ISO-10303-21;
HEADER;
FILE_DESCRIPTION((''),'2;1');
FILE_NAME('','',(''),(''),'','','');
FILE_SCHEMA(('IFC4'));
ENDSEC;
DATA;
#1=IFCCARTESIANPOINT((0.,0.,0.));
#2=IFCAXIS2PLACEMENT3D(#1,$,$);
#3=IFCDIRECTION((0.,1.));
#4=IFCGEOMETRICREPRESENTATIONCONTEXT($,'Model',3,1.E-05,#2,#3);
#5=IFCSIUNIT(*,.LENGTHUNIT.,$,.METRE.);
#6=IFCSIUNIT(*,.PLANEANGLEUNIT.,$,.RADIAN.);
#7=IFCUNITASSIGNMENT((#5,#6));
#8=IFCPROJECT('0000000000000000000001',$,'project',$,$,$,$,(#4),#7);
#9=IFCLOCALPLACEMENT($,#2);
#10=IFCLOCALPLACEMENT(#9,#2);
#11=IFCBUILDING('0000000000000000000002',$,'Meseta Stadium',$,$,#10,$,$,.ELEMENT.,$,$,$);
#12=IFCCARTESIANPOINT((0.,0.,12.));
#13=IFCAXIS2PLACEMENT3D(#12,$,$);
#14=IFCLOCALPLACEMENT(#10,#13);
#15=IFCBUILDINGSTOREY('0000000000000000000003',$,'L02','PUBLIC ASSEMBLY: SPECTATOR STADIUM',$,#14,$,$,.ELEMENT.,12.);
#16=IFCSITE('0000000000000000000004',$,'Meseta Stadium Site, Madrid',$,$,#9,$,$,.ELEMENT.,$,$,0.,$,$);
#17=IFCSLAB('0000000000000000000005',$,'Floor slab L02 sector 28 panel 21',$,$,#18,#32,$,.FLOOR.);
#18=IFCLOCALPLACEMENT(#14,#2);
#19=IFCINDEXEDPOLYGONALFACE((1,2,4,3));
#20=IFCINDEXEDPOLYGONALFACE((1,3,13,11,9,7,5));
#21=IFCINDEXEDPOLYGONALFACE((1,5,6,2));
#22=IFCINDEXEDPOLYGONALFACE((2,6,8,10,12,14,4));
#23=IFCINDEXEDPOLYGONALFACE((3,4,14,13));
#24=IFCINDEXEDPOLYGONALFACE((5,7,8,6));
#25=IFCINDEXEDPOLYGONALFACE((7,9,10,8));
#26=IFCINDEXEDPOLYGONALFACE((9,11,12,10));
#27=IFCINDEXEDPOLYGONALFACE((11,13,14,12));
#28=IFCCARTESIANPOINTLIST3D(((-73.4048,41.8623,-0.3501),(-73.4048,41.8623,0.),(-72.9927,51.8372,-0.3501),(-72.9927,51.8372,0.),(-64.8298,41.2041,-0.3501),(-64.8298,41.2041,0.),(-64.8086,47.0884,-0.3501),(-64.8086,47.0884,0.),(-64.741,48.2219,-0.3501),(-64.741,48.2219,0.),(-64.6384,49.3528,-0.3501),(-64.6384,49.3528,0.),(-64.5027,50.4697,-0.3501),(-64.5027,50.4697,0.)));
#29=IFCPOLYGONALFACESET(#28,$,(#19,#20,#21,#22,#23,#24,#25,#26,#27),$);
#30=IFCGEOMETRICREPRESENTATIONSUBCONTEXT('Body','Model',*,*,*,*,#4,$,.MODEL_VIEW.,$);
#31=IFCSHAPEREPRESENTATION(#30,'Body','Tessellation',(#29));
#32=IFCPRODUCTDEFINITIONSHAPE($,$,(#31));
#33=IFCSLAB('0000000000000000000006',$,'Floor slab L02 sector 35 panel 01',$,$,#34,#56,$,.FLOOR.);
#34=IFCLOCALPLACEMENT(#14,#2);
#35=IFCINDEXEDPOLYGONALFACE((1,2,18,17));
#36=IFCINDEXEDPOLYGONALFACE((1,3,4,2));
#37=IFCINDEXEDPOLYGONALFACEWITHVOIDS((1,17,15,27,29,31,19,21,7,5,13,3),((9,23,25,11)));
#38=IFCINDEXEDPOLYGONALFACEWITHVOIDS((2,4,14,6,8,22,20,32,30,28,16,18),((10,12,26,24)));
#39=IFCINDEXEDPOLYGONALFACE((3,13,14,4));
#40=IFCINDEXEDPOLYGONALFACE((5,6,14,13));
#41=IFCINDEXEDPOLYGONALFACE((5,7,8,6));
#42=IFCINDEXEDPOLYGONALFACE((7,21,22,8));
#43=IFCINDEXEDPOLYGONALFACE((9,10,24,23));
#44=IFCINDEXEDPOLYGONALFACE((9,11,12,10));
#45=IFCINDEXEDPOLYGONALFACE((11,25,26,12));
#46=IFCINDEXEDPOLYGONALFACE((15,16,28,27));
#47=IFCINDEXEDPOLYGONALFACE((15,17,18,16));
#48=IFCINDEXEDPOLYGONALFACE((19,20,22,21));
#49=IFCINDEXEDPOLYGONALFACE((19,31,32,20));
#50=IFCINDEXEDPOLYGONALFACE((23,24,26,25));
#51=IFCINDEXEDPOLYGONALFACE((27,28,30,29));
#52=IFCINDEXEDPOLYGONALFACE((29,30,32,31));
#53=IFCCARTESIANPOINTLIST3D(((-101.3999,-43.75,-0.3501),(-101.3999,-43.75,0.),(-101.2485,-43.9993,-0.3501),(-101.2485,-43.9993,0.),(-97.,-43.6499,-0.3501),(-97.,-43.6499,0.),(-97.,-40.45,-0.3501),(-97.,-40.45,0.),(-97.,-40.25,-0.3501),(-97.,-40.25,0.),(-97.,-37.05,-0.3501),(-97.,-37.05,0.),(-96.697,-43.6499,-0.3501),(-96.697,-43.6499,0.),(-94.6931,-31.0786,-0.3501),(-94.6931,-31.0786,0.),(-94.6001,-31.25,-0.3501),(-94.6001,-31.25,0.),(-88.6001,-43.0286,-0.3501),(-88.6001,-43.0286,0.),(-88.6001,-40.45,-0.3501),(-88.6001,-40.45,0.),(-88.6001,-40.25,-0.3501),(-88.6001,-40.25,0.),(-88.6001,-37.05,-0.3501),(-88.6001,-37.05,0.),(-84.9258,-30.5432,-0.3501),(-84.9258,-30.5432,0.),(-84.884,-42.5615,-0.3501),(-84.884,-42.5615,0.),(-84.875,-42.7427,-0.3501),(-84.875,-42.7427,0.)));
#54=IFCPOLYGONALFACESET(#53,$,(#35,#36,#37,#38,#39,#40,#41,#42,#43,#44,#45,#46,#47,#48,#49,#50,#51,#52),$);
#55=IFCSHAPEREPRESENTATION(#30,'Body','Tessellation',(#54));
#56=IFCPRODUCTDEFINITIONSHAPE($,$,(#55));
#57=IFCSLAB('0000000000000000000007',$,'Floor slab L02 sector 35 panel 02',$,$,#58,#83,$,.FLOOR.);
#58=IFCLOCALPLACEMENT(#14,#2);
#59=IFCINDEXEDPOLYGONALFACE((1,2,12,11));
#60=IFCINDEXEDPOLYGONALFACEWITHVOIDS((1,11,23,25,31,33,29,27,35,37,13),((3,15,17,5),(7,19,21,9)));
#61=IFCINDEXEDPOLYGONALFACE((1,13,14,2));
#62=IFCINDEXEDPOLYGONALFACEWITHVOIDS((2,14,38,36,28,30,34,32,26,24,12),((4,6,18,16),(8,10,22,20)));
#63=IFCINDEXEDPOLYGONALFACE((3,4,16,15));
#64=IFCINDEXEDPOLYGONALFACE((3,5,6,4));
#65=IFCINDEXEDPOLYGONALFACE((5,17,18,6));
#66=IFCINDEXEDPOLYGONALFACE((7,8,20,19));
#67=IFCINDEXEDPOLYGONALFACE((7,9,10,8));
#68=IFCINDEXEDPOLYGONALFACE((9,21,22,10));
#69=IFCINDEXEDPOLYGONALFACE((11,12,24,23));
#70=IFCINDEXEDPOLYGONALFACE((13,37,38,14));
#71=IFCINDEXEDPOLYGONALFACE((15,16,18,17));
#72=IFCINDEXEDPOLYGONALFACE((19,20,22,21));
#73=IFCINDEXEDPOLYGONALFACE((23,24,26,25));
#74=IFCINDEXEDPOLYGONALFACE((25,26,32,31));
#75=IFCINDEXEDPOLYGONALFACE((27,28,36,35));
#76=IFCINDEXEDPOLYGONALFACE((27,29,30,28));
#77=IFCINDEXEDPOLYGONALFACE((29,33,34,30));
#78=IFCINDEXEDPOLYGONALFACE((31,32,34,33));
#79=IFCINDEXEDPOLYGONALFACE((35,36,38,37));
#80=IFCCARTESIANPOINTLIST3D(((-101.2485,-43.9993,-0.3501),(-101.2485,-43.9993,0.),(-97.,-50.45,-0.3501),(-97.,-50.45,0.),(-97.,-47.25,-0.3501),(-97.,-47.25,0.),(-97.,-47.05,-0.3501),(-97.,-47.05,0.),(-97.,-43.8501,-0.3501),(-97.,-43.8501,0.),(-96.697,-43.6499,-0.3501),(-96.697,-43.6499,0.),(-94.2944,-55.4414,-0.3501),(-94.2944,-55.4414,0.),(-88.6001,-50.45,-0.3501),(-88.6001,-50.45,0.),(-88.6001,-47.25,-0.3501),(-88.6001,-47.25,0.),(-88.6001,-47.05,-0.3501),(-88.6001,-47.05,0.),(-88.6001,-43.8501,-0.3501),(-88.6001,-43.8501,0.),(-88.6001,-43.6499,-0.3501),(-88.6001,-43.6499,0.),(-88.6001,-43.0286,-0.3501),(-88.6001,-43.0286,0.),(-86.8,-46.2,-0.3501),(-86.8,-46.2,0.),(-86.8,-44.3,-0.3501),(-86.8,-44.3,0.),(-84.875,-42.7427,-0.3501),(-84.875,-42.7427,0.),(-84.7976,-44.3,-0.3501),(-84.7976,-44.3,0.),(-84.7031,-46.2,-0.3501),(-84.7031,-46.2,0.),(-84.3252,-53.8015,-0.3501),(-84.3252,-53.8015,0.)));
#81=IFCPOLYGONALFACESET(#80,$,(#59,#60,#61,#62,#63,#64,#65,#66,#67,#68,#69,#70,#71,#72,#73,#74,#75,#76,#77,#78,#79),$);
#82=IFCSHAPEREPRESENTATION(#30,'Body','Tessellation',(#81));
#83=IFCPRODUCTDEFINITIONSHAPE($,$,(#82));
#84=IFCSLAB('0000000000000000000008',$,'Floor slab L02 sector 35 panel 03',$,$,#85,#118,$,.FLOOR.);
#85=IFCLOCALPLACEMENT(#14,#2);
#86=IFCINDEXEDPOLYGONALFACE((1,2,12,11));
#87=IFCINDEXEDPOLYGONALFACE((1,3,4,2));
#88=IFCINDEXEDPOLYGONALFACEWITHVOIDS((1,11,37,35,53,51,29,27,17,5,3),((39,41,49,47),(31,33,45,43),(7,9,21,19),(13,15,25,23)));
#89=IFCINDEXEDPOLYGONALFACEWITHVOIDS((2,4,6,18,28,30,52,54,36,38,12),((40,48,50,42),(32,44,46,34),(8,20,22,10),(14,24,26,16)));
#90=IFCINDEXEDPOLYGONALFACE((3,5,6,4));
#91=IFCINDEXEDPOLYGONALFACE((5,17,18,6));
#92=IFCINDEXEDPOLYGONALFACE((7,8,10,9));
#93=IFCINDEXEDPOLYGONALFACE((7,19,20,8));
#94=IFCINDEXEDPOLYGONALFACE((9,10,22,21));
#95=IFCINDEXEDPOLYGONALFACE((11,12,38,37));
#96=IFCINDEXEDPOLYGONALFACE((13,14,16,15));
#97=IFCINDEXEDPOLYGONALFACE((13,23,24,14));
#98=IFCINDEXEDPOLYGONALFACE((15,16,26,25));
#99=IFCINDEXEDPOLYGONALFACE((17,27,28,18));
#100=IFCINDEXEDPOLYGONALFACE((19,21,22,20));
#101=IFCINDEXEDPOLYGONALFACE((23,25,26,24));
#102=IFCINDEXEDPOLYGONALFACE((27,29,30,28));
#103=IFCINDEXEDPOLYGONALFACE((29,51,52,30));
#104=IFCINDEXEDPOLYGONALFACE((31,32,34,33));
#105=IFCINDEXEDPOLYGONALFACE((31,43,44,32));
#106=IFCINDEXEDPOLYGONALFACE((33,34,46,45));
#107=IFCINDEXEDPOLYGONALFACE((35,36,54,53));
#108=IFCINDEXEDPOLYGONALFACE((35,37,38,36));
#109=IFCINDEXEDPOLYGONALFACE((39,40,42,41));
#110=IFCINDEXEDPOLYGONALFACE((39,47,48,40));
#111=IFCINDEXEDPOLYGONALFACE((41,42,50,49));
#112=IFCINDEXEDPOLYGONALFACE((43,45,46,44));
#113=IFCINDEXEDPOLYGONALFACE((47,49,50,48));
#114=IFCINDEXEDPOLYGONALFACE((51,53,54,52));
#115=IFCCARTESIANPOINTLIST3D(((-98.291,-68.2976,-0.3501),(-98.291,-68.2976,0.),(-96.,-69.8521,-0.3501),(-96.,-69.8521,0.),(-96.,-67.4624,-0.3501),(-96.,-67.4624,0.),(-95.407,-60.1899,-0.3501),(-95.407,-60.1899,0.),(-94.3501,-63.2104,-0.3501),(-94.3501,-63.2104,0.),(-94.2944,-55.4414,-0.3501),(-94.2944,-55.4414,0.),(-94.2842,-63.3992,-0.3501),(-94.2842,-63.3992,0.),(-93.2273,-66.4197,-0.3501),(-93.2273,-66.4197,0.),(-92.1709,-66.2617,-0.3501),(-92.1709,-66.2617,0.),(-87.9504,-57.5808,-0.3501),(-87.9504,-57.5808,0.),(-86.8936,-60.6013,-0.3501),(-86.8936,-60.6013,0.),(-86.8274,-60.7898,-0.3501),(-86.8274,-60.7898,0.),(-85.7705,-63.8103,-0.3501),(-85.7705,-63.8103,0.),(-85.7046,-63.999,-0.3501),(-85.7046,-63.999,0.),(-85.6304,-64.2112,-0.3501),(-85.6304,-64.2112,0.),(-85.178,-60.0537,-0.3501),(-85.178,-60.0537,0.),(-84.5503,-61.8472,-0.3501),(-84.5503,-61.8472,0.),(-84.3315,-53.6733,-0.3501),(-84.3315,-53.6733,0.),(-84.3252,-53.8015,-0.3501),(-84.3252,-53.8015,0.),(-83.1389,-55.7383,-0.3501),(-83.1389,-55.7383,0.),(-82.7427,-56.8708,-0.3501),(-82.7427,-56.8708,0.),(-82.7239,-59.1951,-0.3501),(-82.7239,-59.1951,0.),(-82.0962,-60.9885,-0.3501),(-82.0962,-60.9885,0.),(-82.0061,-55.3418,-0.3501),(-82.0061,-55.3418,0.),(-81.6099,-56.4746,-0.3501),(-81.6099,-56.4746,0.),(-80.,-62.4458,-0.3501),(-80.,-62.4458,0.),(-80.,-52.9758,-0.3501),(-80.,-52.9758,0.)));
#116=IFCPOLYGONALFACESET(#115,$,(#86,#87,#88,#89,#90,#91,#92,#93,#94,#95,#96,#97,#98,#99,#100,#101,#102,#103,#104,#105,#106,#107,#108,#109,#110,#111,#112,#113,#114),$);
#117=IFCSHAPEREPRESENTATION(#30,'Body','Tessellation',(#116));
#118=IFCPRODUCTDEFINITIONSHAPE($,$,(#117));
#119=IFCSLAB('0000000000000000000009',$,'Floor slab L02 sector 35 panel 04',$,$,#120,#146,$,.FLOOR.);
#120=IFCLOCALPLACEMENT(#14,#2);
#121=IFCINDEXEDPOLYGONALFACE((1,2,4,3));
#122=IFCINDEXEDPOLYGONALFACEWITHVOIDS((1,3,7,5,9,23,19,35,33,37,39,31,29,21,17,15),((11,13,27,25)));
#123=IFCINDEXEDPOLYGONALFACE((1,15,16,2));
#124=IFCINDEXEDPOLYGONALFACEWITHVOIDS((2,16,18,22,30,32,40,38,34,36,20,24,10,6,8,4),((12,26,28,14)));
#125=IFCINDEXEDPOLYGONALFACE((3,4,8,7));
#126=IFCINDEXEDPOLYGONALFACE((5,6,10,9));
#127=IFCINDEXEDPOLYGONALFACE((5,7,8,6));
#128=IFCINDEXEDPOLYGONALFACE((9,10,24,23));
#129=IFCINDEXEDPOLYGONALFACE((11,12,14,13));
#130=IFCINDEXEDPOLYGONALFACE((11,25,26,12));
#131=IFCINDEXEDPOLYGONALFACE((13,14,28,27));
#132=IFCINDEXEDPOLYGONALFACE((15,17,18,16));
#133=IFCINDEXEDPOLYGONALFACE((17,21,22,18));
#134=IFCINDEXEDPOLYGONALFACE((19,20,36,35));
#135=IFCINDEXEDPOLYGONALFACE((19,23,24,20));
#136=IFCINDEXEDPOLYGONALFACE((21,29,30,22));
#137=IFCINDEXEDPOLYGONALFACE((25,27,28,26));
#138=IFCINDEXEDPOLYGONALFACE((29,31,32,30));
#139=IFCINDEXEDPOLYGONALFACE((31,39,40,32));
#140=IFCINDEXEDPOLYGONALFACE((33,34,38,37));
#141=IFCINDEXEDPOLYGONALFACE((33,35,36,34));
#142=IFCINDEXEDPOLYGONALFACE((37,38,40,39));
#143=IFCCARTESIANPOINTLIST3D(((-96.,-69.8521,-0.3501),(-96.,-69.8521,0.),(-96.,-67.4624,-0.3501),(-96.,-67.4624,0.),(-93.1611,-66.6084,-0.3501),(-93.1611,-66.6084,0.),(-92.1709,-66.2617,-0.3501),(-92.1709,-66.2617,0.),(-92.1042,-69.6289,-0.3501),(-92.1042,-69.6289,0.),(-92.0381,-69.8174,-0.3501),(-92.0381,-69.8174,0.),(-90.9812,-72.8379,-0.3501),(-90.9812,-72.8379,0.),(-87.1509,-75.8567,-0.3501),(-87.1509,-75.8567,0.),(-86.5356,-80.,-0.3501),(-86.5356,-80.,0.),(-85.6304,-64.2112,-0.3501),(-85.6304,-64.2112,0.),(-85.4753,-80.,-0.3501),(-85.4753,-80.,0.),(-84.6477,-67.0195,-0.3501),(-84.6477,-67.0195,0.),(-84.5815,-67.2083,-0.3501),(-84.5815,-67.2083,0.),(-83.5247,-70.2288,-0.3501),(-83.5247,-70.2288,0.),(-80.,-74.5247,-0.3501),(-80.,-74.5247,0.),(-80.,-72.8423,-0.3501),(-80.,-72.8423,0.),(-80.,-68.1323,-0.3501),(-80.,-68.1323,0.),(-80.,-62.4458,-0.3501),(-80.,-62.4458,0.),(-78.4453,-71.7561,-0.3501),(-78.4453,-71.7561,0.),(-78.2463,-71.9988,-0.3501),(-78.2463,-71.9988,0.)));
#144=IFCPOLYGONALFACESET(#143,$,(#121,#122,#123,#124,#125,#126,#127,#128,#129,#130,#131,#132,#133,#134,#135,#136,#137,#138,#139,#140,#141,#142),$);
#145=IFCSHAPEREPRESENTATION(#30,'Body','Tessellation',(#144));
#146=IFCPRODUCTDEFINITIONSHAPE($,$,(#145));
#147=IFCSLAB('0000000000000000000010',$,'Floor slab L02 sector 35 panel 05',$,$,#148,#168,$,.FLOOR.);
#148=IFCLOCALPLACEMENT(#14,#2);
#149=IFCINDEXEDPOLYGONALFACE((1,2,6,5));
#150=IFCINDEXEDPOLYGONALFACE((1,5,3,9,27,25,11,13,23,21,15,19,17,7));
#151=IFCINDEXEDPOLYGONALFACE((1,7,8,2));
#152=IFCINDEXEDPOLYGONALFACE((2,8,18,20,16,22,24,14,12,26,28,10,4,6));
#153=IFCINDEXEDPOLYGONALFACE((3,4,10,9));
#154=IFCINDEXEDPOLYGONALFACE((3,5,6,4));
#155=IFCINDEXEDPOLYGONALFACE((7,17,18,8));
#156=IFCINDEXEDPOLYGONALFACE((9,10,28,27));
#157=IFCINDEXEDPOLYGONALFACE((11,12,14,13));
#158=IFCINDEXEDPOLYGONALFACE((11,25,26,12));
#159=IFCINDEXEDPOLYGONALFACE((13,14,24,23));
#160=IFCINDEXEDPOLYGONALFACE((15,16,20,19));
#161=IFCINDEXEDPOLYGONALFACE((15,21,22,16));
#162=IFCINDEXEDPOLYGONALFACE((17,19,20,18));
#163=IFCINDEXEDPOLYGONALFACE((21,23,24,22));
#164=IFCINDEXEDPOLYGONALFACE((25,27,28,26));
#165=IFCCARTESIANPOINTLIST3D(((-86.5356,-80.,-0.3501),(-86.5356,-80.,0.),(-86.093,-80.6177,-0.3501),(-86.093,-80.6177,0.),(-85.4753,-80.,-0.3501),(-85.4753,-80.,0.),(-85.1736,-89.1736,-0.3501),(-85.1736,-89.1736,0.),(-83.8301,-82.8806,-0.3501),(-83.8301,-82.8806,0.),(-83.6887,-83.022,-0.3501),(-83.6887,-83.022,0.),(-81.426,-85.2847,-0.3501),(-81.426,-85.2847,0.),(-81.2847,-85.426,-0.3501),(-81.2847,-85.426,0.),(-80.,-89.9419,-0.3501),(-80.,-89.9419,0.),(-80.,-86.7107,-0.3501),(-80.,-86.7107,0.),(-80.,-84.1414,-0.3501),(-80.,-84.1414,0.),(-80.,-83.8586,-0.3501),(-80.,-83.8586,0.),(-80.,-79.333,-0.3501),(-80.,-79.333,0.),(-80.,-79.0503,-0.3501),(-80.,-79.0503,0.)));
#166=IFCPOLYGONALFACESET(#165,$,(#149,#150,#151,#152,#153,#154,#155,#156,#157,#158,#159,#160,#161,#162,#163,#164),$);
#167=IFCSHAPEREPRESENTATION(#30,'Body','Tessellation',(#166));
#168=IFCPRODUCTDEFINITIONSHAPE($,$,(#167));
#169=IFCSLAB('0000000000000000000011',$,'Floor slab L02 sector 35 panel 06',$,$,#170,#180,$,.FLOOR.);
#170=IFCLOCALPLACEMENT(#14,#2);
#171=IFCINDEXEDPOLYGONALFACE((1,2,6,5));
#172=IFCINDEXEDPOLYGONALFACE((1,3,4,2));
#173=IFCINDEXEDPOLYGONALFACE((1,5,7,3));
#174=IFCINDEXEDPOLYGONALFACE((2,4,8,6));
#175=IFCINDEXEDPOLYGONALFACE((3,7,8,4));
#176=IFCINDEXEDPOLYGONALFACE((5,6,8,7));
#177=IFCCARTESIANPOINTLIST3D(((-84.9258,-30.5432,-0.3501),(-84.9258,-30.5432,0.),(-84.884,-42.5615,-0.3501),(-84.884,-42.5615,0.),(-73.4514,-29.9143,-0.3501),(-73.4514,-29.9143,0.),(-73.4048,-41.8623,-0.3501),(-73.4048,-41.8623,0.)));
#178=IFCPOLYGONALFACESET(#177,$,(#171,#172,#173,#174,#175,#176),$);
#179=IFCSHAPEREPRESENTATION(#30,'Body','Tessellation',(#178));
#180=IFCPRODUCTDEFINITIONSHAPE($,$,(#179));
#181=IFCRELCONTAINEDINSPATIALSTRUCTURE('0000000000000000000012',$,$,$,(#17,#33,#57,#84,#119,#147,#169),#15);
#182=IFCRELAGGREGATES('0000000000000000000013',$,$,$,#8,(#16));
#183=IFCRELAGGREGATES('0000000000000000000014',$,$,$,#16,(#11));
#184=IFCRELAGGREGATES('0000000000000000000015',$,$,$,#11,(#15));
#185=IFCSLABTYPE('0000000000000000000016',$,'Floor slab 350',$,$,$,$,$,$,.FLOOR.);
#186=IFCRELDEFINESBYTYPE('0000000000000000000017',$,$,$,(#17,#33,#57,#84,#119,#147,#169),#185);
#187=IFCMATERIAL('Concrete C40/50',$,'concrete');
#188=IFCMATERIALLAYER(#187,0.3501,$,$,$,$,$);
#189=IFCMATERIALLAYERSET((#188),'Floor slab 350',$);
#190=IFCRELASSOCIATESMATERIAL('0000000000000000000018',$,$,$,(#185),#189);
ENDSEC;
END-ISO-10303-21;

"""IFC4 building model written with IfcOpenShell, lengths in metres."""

from ifc_helpers import new_model, si_unit, direction, frame, origin, place, context, subcontext, project, spatial, polyline, outline, extrude, material, layer, layer_set, type_object, element, save


model = new_model("IFC4")

# Units and contexts
model_context = context("Model", 3, precision=1e-05, world=origin(), true_north=direction((0.0, 1.0)))
body_context = subcontext(model_context, "Body", "Model", "MODEL_VIEW")
ifc_project = project(units=[si_unit("LENGTHUNIT", "METRE"), si_unit("PLANEANGLEUNIT", "RADIAN")], contexts=[model_context])

# Site, building, storey
site_placement = place(None, origin())
site = spatial("IfcSite", under=ifc_project, at=site_placement, Name="Meseta Stadium Site, Madrid", CompositionType="ELEMENT", RefElevation=0.0)
building_placement = place(site_placement, origin())
building = spatial("IfcBuilding", under=site, at=building_placement, Name="Meseta Stadium", CompositionType="ELEMENT")
storey_placement = place(building_placement, frame((0.0, 0.0, 12.0)))
storey = spatial("IfcBuildingStorey", under=building, at=storey_placement, Name="L02", Description="PUBLIC ASSEMBLY: SPECTATOR STADIUM", CompositionType="ELEMENT", Elevation=12.0)

# Slabs
ifc_material = material(Name="Concrete C40/50", Category="concrete")
ifc_layer = layer(ifc_material, 0.3501)
ifc_layer_set = layer_set([ifc_layer], Name="Floor slab 350")
slab_type = type_object("IfcSlabType", Name="Floor slab 350", PredefinedType="FLOOR", material=ifc_layer_set)
slab_1_placement = place(storey_placement, frame((0.0, 0.0, -0.3501)))
element("IfcSlab", 1, at=slab_1_placement, inside=storey, type_object=slab_type, Name="Floor slab L02 sector 28 panel 21", PredefinedType="FLOOR", context=body_context, shape_type="SweptSolid", body=[
    extrude(outline(polyline([(-64.6384, 49.3528), (-64.5027, 50.4697), (-72.9927, 51.8372), (-73.4048, 41.8623), (-64.8298, 41.2041), (-64.8086, 47.0884), (-64.741, 48.2219), (-64.6384, 49.3528)])), origin(), (0.0, 0.0, 1.0), 0.3501),
])
slab_2_placement = place(storey_placement, frame((0.0, 0.0, -0.3501)))
element("IfcSlab", 2, at=slab_2_placement, inside=storey, type_object=slab_type, Name="Floor slab L02 sector 35 panel 01", PredefinedType="FLOOR", context=body_context, shape_type="SweptSolid", body=[
    extrude(outline(polyline([(-94.6001, -31.25), (-101.3999, -43.75), (-101.2485, -43.9993), (-96.697, -43.6499), (-97.0, -43.6499), (-97.0, -40.45), (-88.6001, -40.45), (-88.6001, -43.0286), (-84.875, -42.7427), (-84.884, -42.5615), (-84.9258, -30.5432), (-94.6931, -31.0786), (-94.6001, -31.25)]), holes=[polyline([(-97.0, -40.25), (-97.0, -37.05), (-88.6001, -37.05), (-88.6001, -40.25), (-97.0, -40.25)])]), origin(), (0.0, 0.0, 1.0), 0.3501),
])
slab_3_placement = place(storey_placement, frame((0.0, 0.0, -0.3501)))
element("IfcSlab", 3, at=slab_3_placement, inside=storey, type_object=slab_type, Name="Floor slab L02 sector 35 panel 02", PredefinedType="FLOOR", context=body_context, shape_type="SweptSolid", body=[
    extrude(outline(polyline([(-88.6001, -43.0286), (-88.6001, -43.6499), (-96.697, -43.6499), (-101.2485, -43.9993), (-94.2944, -55.4414), (-84.3252, -53.8015), (-84.7031, -46.2), (-86.8, -46.2), (-86.8, -44.3), (-84.7976, -44.3), (-84.875, -42.7427), (-88.6001, -43.0286)]), holes=[polyline([(-97.0, -47.25), (-88.6001, -47.25), (-88.6001, -50.45), (-97.0, -50.45), (-97.0, -47.25)]), polyline([(-97.0, -47.05), (-97.0, -43.8501), (-88.6001, -43.8501), (-88.6001, -47.05), (-97.0, -47.05)])]), origin(), (0.0, 0.0, 1.0), 0.3501),
])
slab_4_placement = place(storey_placement, frame((0.0, 0.0, -0.3501)))
element("IfcSlab", 4, at=slab_4_placement, inside=storey, type_object=slab_type, Name="Floor slab L02 sector 35 panel 03", PredefinedType="FLOOR", context=body_context, shape_type="SweptSolid", body=[
    extrude(outline(polyline([(-85.6304, -64.2112), (-80.0, -62.4458), (-80.0, -52.9758), (-84.3315, -53.6733), (-84.3252, -53.8015), (-94.2944, -55.4414), (-98.291, -68.2976), (-96.0, -69.8521), (-96.0, -67.4624), (-92.1709, -66.2617), (-85.7046, -63.999), (-85.6304, -64.2112)]), holes=[polyline([(-82.7239, -59.1951), (-82.0962, -60.9885), (-84.5503, -61.8472), (-85.178, -60.0537), (-82.7239, -59.1951)]), polyline([(-94.2842, -63.3992), (-86.8274, -60.7898), (-85.7705, -63.8103), (-93.2273, -66.4197), (-94.2842, -63.3992)]), polyline([(-95.407, -60.1899), (-87.9504, -57.5808), (-86.8936, -60.6013), (-94.3501, -63.2104), (-95.407, -60.1899)]), polyline([(-82.7427, -56.8708), (-83.1389, -55.7383), (-82.0061, -55.3418), (-81.6099, -56.4746), (-82.7427, -56.8708)])]), origin(), (0.0, 0.0, 1.0), 0.3501),
])
slab_5_placement = place(storey_placement, frame((0.0, 0.0, -0.3501)))
element("IfcSlab", 5, at=slab_5_placement, inside=storey, type_object=slab_type, Name="Floor slab L02 sector 35 panel 04", PredefinedType="FLOOR", context=body_context, shape_type="SweptSolid", body=[
    extrude(outline(polyline([(-80.0, -62.4458), (-85.6304, -64.2112), (-84.6477, -67.0195), (-92.1042, -69.6289), (-93.1611, -66.6084), (-92.1709, -66.2617), (-96.0, -67.4624), (-96.0, -69.8521), (-87.1509, -75.8567), (-86.5356, -80.0), (-85.4753, -80.0), (-80.0, -74.5247), (-80.0, -72.8423), (-78.2463, -71.9988), (-78.4453, -71.7561), (-80.0, -68.1323), (-80.0, -62.4458)]), holes=[polyline([(-92.0381, -69.8174), (-84.5815, -67.2083), (-83.5247, -70.2288), (-90.9812, -72.8379), (-92.0381, -69.8174)])]), origin(), (0.0, 0.0, 1.0), 0.3501),
])
slab_6_placement = place(storey_placement, frame((0.0, 0.0, -0.3501)))
element("IfcSlab", 6, at=slab_6_placement, inside=storey, type_object=slab_type, Name="Floor slab L02 sector 35 panel 05", PredefinedType="FLOOR", context=body_context, shape_type="SweptSolid", body=[
    extrude(outline(polyline([(-83.6887, -83.022), (-80.0, -79.333), (-80.0, -79.0503), (-83.8301, -82.8806), (-86.093, -80.6177), (-85.4753, -80.0), (-86.5356, -80.0), (-85.1736, -89.1736), (-80.0, -89.9419), (-80.0, -86.7107), (-81.2847, -85.426), (-80.0, -84.1414), (-80.0, -83.8586), (-81.426, -85.2847), (-83.6887, -83.022)])), origin(), (0.0, 0.0, 1.0), 0.3501),
])
slab_7_placement = place(storey_placement, frame((0.0, 0.0, -0.3501)))
element("IfcSlab", 7, at=slab_7_placement, inside=storey, type_object=slab_type, Name="Floor slab L02 sector 35 panel 06", PredefinedType="FLOOR", context=body_context, shape_type="SweptSolid", body=[
    extrude(outline(polyline([(-73.4048, -41.8623), (-73.4514, -29.9143), (-84.9258, -30.5432), (-84.884, -42.5615), (-73.4048, -41.8623)])), origin(), (0.0, 0.0, 1.0), 0.3501),
])

save(model, "model.ifc")
